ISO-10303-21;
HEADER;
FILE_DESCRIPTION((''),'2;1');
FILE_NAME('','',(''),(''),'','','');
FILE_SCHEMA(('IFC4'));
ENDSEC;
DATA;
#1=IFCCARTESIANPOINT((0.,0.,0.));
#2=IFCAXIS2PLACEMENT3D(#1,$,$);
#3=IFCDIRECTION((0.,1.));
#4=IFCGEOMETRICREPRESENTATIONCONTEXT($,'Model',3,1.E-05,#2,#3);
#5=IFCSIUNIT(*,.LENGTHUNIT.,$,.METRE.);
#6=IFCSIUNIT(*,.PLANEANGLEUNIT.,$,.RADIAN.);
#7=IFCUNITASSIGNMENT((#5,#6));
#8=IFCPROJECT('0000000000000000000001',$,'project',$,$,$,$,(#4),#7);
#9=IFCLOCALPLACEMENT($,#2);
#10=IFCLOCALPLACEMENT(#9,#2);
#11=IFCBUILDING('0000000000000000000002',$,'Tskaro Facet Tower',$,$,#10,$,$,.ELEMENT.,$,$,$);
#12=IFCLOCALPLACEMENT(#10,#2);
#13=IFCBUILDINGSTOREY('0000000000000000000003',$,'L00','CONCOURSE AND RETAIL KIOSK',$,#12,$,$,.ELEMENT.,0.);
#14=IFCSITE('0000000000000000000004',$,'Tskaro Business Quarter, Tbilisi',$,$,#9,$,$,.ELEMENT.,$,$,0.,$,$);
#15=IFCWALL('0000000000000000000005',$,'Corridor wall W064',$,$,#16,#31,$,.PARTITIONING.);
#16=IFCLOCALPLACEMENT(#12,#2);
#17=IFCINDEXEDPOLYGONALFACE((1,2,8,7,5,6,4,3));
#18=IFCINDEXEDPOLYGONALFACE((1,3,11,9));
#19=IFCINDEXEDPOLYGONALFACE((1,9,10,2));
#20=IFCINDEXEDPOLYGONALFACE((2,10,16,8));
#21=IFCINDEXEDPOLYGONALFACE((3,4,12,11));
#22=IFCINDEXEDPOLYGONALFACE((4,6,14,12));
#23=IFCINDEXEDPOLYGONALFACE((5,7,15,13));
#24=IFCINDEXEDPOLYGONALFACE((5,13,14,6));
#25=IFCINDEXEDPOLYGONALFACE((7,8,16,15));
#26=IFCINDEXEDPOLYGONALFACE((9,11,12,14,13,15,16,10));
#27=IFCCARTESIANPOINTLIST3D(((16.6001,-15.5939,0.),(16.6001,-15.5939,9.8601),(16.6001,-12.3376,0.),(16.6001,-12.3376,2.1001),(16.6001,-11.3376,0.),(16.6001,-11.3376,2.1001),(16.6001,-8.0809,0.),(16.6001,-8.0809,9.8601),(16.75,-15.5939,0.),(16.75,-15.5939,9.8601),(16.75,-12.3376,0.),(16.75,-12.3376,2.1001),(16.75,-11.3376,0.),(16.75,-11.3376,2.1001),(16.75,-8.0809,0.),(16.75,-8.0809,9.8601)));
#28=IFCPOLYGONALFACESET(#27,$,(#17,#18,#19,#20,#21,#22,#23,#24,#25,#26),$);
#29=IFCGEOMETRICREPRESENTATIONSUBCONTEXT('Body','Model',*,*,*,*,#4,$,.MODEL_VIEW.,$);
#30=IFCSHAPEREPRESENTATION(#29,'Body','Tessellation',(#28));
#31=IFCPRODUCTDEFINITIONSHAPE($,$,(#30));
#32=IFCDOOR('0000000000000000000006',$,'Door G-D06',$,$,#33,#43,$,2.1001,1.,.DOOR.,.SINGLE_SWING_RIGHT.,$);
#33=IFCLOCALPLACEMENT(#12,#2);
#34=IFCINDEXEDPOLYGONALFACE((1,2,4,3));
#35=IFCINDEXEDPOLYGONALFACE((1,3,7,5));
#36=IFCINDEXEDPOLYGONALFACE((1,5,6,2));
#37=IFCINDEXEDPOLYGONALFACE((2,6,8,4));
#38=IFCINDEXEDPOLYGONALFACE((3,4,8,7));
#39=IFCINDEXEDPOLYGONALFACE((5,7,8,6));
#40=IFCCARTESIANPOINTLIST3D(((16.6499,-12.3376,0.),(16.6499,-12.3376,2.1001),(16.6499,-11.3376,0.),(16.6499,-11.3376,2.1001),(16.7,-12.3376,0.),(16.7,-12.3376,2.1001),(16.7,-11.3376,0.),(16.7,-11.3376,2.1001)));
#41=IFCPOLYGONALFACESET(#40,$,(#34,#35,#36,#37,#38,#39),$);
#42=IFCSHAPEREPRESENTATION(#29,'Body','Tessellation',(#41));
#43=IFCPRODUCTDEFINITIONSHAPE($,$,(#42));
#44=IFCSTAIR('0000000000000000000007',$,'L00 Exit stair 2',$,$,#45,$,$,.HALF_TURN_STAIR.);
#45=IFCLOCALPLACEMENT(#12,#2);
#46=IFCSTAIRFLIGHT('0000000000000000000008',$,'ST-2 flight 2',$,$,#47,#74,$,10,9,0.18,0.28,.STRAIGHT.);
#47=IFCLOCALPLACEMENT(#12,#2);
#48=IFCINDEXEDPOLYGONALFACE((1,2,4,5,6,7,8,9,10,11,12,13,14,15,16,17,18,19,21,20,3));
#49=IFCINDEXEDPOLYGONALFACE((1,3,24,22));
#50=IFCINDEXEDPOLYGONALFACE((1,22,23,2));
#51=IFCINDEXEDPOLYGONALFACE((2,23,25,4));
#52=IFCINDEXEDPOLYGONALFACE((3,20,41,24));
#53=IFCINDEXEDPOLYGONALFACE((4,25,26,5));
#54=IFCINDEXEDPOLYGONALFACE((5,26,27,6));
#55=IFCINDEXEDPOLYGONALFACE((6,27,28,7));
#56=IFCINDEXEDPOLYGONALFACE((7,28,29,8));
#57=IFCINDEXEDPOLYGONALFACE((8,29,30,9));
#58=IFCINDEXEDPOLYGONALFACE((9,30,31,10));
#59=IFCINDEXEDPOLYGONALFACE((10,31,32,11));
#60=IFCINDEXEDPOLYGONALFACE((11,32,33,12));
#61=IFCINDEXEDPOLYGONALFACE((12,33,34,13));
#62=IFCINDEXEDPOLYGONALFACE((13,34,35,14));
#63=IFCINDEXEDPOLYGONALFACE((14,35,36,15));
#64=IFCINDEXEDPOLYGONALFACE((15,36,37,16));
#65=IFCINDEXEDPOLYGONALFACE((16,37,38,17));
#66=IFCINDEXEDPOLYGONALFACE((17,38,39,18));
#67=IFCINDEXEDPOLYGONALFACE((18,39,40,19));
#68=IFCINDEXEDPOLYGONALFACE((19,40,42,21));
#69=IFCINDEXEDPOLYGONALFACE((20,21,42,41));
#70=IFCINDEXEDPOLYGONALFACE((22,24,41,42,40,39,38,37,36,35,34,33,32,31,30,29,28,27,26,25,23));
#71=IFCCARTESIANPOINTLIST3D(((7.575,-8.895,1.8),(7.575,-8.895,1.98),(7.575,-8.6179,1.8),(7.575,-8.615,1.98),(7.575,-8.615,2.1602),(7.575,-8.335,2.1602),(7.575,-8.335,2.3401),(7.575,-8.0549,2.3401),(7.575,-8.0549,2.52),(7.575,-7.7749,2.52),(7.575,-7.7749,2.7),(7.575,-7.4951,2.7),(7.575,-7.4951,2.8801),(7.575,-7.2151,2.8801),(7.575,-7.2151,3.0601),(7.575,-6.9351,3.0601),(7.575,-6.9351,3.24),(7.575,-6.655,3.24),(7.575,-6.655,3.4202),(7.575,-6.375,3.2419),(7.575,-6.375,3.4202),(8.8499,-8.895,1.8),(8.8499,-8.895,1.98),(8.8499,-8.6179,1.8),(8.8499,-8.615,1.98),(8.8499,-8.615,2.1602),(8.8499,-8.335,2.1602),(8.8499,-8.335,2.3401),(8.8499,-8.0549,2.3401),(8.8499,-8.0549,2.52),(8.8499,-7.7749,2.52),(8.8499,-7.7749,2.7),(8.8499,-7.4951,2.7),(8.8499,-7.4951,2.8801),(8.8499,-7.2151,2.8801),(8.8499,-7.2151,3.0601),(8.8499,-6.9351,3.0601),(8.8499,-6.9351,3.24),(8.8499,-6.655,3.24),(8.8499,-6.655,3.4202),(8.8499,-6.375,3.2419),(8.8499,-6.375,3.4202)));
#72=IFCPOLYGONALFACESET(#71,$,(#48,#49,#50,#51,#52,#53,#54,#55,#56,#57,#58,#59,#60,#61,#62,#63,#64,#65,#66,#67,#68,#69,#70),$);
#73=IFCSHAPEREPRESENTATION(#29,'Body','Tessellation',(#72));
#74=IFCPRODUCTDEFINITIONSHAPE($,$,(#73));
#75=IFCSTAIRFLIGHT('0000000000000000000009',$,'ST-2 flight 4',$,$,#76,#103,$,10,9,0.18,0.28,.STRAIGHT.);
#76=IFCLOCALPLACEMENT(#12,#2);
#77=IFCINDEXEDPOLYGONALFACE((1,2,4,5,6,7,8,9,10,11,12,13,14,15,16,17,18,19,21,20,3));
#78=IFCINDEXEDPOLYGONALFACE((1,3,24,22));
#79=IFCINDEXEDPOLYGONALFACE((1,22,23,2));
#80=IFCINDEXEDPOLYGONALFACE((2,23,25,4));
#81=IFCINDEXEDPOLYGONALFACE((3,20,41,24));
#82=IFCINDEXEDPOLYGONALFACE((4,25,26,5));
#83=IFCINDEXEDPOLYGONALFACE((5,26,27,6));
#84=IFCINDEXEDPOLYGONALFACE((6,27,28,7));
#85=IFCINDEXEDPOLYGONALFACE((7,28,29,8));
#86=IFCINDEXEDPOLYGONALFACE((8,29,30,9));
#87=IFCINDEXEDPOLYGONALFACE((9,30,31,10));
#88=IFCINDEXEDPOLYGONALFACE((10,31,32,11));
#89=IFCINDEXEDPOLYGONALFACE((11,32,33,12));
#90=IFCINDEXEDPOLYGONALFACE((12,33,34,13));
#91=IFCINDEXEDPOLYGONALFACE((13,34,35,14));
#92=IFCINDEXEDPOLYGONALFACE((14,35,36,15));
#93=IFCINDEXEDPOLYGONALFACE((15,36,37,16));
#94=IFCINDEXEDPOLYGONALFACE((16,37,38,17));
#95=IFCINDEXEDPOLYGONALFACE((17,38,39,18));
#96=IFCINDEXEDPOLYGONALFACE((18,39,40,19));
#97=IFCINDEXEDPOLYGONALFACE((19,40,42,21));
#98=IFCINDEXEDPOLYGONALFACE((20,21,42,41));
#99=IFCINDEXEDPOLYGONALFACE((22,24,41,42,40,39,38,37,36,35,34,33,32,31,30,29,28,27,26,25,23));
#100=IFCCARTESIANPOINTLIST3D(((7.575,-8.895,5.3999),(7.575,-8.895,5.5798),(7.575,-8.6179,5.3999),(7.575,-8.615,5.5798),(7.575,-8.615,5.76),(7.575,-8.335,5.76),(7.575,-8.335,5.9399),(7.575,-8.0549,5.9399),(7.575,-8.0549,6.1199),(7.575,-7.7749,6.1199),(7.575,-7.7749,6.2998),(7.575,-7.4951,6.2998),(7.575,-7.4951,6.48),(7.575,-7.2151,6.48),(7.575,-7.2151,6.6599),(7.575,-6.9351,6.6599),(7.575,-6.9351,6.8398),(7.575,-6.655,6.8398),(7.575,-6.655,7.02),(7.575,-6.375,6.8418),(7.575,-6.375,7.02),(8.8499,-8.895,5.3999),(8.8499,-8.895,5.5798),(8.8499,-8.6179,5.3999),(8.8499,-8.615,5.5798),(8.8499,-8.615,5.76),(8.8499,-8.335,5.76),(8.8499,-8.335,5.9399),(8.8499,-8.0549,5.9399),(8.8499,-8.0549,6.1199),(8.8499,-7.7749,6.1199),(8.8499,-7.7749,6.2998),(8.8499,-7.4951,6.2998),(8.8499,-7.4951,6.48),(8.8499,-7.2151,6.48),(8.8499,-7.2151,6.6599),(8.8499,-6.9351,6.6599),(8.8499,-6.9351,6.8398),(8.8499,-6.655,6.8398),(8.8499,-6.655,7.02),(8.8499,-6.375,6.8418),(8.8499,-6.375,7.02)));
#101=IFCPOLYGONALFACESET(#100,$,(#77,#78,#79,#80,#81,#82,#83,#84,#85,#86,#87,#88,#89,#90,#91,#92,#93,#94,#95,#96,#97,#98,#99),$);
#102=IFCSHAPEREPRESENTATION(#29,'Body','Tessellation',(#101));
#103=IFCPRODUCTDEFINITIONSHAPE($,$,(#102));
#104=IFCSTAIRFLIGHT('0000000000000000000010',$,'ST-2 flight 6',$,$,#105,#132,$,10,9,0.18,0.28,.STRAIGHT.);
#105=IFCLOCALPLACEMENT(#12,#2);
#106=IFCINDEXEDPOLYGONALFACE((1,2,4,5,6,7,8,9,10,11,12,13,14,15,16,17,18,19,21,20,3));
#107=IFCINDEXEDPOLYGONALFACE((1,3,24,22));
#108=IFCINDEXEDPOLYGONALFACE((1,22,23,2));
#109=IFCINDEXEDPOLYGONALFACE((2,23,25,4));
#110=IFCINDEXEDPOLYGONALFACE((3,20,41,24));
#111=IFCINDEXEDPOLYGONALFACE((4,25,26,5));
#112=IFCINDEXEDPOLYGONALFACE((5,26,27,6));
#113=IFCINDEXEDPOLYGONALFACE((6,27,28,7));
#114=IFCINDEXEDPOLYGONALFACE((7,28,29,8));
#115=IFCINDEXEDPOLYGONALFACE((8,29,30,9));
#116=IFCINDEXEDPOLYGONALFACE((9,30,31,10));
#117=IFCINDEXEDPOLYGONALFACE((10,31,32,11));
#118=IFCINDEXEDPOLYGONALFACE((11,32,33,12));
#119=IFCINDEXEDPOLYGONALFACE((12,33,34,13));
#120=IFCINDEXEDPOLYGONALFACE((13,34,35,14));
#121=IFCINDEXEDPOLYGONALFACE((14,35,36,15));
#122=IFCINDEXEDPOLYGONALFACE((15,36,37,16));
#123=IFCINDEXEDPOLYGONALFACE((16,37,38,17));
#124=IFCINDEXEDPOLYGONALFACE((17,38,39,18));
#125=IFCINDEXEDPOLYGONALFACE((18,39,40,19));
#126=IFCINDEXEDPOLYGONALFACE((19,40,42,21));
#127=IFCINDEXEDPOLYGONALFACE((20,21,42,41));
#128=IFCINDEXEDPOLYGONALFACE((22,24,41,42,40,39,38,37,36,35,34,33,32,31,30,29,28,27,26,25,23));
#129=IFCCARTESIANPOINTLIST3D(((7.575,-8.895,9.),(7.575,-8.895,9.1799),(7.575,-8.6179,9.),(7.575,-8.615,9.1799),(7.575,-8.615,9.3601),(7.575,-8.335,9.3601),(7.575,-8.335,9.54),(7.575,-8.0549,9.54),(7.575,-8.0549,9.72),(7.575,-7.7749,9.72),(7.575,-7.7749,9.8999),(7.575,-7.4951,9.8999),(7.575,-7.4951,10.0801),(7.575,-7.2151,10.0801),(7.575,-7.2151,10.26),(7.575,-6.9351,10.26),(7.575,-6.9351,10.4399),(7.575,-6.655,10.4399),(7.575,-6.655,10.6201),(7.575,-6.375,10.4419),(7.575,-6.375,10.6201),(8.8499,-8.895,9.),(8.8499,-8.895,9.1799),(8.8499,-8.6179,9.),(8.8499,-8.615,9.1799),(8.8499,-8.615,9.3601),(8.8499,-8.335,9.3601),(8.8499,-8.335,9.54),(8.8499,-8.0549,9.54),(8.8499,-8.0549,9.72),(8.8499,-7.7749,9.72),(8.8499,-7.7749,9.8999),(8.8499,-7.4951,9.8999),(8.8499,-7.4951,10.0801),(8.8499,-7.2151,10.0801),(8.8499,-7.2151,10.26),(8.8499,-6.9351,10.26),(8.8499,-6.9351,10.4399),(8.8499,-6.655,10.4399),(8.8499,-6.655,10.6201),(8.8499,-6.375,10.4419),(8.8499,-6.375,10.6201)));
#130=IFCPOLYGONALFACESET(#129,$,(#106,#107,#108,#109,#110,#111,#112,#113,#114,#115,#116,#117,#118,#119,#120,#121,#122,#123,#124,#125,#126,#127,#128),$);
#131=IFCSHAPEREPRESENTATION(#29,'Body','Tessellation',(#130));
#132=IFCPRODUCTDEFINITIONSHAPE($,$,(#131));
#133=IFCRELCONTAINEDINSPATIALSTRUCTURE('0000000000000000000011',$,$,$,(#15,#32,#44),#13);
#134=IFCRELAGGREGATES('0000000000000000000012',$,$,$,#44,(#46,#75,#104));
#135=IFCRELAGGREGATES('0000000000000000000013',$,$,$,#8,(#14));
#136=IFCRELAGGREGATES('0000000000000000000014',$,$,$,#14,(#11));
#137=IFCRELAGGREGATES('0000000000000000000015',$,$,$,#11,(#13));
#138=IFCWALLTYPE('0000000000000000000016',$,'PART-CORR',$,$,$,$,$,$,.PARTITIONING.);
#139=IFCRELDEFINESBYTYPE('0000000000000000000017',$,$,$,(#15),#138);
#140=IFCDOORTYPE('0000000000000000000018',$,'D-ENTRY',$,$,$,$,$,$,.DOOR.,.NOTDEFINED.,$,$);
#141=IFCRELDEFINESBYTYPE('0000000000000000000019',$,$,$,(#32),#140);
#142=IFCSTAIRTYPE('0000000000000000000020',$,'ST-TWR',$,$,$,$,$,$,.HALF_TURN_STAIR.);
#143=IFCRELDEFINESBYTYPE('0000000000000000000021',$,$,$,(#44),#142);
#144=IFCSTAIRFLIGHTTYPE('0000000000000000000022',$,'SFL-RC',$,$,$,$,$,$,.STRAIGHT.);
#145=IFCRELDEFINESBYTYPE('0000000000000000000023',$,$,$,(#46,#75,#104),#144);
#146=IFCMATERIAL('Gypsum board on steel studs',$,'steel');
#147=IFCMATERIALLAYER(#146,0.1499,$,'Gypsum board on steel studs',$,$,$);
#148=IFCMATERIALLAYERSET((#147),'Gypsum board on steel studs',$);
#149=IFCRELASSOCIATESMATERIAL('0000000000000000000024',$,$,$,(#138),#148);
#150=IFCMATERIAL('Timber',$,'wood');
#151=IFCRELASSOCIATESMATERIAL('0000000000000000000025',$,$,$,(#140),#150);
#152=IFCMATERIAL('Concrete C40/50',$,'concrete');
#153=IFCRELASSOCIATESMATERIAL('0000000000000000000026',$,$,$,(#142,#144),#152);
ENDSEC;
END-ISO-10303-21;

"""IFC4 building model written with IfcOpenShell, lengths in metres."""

from ifc_helpers import new_model, si_unit, direction, frame, frame_2d, origin, place, context, subcontext, project, spatial, polyline, rectangle, outline, extrude, material, layer, layer_set, type_object, element, fill, aggregate, save


model = new_model("IFC4")

# Units and contexts
model_context = context("Model", 3, precision=1e-05, world=origin(), true_north=direction((0.0, 1.0)))
body_context = subcontext(model_context, "Body", "Model", "MODEL_VIEW")
ifc_project = project(units=[si_unit("LENGTHUNIT", "METRE"), si_unit("PLANEANGLEUNIT", "RADIAN")], contexts=[model_context])

# Site, building, storey
site_placement = place(None, origin())
site = spatial("IfcSite", under=ifc_project, at=site_placement, Name="Tskaro Business Quarter, Tbilisi", CompositionType="ELEMENT", RefElevation=0.0)
building_placement = place(site_placement, origin())
building = spatial("IfcBuilding", under=site, at=building_placement, Name="Tskaro Facet Tower", CompositionType="ELEMENT")
storey_placement = place(building_placement, origin())
storey = spatial("IfcBuildingStorey", under=building, at=storey_placement, Name="L00", Description="CONCOURSE AND RETAIL KIOSK", CompositionType="ELEMENT", Elevation=0.0)

# Shared definitions
ifc_material_1 = material(Name="Timber", Category="wood")

# Shared definitions
ifc_material_2 = material(Name="Gypsum board on steel studs", Category="steel")
ifc_layer_1 = layer(ifc_material_2, 0.1499, Name="Gypsum board on steel studs")
ifc_layer_set_1 = layer_set([ifc_layer_1], Name="Gypsum board on steel studs")
wall_type_1 = type_object("IfcWallType", Name="PART-CORR", PredefinedType="PARTITIONING", material=ifc_layer_set_1)

# Wall, opening, door
wall_1_placement = place(storey_placement, frame((16.675, -8.0811, 0.0), z_axis=(0.0, 0.0, 1.0), x_axis=(0.0, -1.0, 0.0)))
wall_1 = element("IfcWall", 1, at=wall_1_placement, inside=storey, type_object=wall_type_1, Name="Corridor wall W064", PredefinedType="PARTITIONING", context=body_context, shape_type="SweptSolid", body=[
    extrude(rectangle(XDim=7.5129, YDim=0.1499, at=frame_2d((3.7563, 0.0))), origin(), (0.0, 0.0, 1.0), 9.8601),
])
opening_1_placement = place(wall_1_placement, frame((3.2566, 0.0, 0.0)))
opening_1 = element("IfcOpeningElement", 2, at=opening_1_placement, cuts=wall_1, PredefinedType="OPENING", context=body_context, shape_type="SweptSolid", body=[
    extrude(rectangle(XDim=1.0, YDim=2.1001, at=frame_2d((0.5, 1.05))), frame((0.0, 0.085, 0.0), z_axis=(0.0, -1.0, 0.0), x_axis=(1.0, 0.0, 0.0)), (0.0, 0.0, 1.0), 0.1699),
])
door_type_1 = type_object("IfcDoorType", Name="D-ENTRY", OperationType="NOTDEFINED", PredefinedType="DOOR", material=ifc_material_1)
door_1_placement = place(opening_1_placement, origin())
door_1 = element("IfcDoor", 3, at=door_1_placement, inside=storey, type_object=door_type_1, Name="Door G-D06", OperationType="SINGLE_SWING_RIGHT", OverallHeight=2.1001, OverallWidth=1.0, PredefinedType="DOOR", context=body_context, shape_type="SweptSolid", body=[
    extrude(rectangle(XDim=1.0, YDim=2.1001, at=frame_2d((0.5, 1.05))), frame((0.0, 0.0249, 0.0), z_axis=(0.0, -1.0, 0.0), x_axis=(1.0, 0.0, 0.0)), (0.0, 0.0, 1.0), 0.05),
])
fill(opening_1, door_1)

# Stair, stair flights
ifc_material_3 = material(Name="Concrete C40/50", Category="concrete")
stair_type = type_object("IfcStairType", Name="ST-TWR", PredefinedType="HALF_TURN_STAIR", material=ifc_material_3)
stair_placement = place(storey_placement, origin())
stair = element("IfcStair", 4, at=stair_placement, inside=storey, type_object=stair_type, Name="L00 Exit stair 2", PredefinedType="HALF_TURN_STAIR")
stair_flight_type = type_object("IfcStairFlightType", Name="SFL-RC", PredefinedType="STRAIGHT", material=ifc_material_3)
stair_flight_1_placement = place(storey_placement, frame((8.2124, -8.895, 1.8), z_axis=(0.0, 0.0, 1.0), x_axis=(0.0, 1.0, 0.0)))
stair_flight_1 = element("IfcStairFlight", 5, at=stair_flight_1_placement, type_object=stair_flight_type, Name="ST-2 flight 2", NumberOfRisers=10, NumberOfTreads=9, PredefinedType="STRAIGHT", RiserHeight=0.18, TreadLength=0.28, context=body_context, shape_type="SweptSolid", body=[
    extrude(outline(polyline([(0.0, 0.0), (0.0, 0.1799), (0.28, 0.1799), (0.28, 0.3601), (0.5601, 0.3601), (0.5601, 0.54), (0.8401, 0.54), (0.8401, 0.72), (1.1201, 0.72), (1.1201, 0.8999), (1.3999, 0.8999), (1.3999, 1.0801), (1.6799, 1.0801), (1.6799, 1.26), (1.96, 1.26), (1.96, 1.4399), (2.24, 1.4399), (2.24, 1.6201), (2.52, 1.6201), (2.52, 1.8), (2.52, 1.4419), (0.2771, 0.0), (0.0, 0.0)])), frame((0.0, 0.6375, 0.0), z_axis=(0.0, -1.0, 0.0), x_axis=(1.0, 0.0, 0.0)), (0.0, 0.0, 1.0), 1.2749),
])
stair_flight_2_placement = place(storey_placement, frame((8.2124, -8.895, 5.3999), z_axis=(0.0, 0.0, 1.0), x_axis=(0.0, 1.0, 0.0)))
stair_flight_2 = element("IfcStairFlight", 6, at=stair_flight_2_placement, type_object=stair_flight_type, Name="ST-2 flight 4", NumberOfRisers=10, NumberOfTreads=9, PredefinedType="STRAIGHT", RiserHeight=0.18, TreadLength=0.28, context=body_context, shape_type="SweptSolid", body=[
    extrude(outline(polyline([(0.0, 0.0), (0.0, 0.1799), (0.28, 0.1799), (0.28, 0.3601), (0.5601, 0.3601), (0.5601, 0.54), (0.8401, 0.54), (0.8401, 0.72), (1.1201, 0.72), (1.1201, 0.8999), (1.3999, 0.8999), (1.3999, 1.0801), (1.6799, 1.0801), (1.6799, 1.26), (1.96, 1.26), (1.96, 1.4399), (2.24, 1.4399), (2.24, 1.6201), (2.52, 1.6201), (2.52, 1.8), (2.52, 1.4419), (0.2771, 0.0), (0.0, 0.0)])), frame((0.0, 0.6375, 0.0), z_axis=(0.0, -1.0, 0.0), x_axis=(1.0, 0.0, 0.0)), (0.0, 0.0, 1.0), 1.2749),
])
stair_flight_3_placement = place(storey_placement, frame((8.2124, -8.895, 9.0), z_axis=(0.0, 0.0, 1.0), x_axis=(0.0, 1.0, 0.0)))
stair_flight_3 = element("IfcStairFlight", 7, at=stair_flight_3_placement, type_object=stair_flight_type, Name="ST-2 flight 6", NumberOfRisers=10, NumberOfTreads=9, PredefinedType="STRAIGHT", RiserHeight=0.18, TreadLength=0.28, context=body_context, shape_type="SweptSolid", body=[
    extrude(outline(polyline([(0.0, 0.0), (0.0, 0.1799), (0.28, 0.1799), (0.28, 0.3601), (0.5601, 0.3601), (0.5601, 0.54), (0.8401, 0.54), (0.8401, 0.72), (1.1201, 0.72), (1.1201, 0.8999), (1.3999, 0.8999), (1.3999, 1.0801), (1.6799, 1.0801), (1.6799, 1.26), (1.96, 1.26), (1.96, 1.4399), (2.24, 1.4399), (2.24, 1.6201), (2.52, 1.6201), (2.52, 1.8), (2.52, 1.4419), (0.2771, 0.0), (0.0, 0.0)])), frame((0.0, 0.6375, 0.0), z_axis=(0.0, -1.0, 0.0), x_axis=(1.0, 0.0, 0.0)), (0.0, 0.0, 1.0), 1.2749),
])
aggregate(stair, [stair_flight_1, stair_flight_2, stair_flight_3])

save(model, "model.ifc")
